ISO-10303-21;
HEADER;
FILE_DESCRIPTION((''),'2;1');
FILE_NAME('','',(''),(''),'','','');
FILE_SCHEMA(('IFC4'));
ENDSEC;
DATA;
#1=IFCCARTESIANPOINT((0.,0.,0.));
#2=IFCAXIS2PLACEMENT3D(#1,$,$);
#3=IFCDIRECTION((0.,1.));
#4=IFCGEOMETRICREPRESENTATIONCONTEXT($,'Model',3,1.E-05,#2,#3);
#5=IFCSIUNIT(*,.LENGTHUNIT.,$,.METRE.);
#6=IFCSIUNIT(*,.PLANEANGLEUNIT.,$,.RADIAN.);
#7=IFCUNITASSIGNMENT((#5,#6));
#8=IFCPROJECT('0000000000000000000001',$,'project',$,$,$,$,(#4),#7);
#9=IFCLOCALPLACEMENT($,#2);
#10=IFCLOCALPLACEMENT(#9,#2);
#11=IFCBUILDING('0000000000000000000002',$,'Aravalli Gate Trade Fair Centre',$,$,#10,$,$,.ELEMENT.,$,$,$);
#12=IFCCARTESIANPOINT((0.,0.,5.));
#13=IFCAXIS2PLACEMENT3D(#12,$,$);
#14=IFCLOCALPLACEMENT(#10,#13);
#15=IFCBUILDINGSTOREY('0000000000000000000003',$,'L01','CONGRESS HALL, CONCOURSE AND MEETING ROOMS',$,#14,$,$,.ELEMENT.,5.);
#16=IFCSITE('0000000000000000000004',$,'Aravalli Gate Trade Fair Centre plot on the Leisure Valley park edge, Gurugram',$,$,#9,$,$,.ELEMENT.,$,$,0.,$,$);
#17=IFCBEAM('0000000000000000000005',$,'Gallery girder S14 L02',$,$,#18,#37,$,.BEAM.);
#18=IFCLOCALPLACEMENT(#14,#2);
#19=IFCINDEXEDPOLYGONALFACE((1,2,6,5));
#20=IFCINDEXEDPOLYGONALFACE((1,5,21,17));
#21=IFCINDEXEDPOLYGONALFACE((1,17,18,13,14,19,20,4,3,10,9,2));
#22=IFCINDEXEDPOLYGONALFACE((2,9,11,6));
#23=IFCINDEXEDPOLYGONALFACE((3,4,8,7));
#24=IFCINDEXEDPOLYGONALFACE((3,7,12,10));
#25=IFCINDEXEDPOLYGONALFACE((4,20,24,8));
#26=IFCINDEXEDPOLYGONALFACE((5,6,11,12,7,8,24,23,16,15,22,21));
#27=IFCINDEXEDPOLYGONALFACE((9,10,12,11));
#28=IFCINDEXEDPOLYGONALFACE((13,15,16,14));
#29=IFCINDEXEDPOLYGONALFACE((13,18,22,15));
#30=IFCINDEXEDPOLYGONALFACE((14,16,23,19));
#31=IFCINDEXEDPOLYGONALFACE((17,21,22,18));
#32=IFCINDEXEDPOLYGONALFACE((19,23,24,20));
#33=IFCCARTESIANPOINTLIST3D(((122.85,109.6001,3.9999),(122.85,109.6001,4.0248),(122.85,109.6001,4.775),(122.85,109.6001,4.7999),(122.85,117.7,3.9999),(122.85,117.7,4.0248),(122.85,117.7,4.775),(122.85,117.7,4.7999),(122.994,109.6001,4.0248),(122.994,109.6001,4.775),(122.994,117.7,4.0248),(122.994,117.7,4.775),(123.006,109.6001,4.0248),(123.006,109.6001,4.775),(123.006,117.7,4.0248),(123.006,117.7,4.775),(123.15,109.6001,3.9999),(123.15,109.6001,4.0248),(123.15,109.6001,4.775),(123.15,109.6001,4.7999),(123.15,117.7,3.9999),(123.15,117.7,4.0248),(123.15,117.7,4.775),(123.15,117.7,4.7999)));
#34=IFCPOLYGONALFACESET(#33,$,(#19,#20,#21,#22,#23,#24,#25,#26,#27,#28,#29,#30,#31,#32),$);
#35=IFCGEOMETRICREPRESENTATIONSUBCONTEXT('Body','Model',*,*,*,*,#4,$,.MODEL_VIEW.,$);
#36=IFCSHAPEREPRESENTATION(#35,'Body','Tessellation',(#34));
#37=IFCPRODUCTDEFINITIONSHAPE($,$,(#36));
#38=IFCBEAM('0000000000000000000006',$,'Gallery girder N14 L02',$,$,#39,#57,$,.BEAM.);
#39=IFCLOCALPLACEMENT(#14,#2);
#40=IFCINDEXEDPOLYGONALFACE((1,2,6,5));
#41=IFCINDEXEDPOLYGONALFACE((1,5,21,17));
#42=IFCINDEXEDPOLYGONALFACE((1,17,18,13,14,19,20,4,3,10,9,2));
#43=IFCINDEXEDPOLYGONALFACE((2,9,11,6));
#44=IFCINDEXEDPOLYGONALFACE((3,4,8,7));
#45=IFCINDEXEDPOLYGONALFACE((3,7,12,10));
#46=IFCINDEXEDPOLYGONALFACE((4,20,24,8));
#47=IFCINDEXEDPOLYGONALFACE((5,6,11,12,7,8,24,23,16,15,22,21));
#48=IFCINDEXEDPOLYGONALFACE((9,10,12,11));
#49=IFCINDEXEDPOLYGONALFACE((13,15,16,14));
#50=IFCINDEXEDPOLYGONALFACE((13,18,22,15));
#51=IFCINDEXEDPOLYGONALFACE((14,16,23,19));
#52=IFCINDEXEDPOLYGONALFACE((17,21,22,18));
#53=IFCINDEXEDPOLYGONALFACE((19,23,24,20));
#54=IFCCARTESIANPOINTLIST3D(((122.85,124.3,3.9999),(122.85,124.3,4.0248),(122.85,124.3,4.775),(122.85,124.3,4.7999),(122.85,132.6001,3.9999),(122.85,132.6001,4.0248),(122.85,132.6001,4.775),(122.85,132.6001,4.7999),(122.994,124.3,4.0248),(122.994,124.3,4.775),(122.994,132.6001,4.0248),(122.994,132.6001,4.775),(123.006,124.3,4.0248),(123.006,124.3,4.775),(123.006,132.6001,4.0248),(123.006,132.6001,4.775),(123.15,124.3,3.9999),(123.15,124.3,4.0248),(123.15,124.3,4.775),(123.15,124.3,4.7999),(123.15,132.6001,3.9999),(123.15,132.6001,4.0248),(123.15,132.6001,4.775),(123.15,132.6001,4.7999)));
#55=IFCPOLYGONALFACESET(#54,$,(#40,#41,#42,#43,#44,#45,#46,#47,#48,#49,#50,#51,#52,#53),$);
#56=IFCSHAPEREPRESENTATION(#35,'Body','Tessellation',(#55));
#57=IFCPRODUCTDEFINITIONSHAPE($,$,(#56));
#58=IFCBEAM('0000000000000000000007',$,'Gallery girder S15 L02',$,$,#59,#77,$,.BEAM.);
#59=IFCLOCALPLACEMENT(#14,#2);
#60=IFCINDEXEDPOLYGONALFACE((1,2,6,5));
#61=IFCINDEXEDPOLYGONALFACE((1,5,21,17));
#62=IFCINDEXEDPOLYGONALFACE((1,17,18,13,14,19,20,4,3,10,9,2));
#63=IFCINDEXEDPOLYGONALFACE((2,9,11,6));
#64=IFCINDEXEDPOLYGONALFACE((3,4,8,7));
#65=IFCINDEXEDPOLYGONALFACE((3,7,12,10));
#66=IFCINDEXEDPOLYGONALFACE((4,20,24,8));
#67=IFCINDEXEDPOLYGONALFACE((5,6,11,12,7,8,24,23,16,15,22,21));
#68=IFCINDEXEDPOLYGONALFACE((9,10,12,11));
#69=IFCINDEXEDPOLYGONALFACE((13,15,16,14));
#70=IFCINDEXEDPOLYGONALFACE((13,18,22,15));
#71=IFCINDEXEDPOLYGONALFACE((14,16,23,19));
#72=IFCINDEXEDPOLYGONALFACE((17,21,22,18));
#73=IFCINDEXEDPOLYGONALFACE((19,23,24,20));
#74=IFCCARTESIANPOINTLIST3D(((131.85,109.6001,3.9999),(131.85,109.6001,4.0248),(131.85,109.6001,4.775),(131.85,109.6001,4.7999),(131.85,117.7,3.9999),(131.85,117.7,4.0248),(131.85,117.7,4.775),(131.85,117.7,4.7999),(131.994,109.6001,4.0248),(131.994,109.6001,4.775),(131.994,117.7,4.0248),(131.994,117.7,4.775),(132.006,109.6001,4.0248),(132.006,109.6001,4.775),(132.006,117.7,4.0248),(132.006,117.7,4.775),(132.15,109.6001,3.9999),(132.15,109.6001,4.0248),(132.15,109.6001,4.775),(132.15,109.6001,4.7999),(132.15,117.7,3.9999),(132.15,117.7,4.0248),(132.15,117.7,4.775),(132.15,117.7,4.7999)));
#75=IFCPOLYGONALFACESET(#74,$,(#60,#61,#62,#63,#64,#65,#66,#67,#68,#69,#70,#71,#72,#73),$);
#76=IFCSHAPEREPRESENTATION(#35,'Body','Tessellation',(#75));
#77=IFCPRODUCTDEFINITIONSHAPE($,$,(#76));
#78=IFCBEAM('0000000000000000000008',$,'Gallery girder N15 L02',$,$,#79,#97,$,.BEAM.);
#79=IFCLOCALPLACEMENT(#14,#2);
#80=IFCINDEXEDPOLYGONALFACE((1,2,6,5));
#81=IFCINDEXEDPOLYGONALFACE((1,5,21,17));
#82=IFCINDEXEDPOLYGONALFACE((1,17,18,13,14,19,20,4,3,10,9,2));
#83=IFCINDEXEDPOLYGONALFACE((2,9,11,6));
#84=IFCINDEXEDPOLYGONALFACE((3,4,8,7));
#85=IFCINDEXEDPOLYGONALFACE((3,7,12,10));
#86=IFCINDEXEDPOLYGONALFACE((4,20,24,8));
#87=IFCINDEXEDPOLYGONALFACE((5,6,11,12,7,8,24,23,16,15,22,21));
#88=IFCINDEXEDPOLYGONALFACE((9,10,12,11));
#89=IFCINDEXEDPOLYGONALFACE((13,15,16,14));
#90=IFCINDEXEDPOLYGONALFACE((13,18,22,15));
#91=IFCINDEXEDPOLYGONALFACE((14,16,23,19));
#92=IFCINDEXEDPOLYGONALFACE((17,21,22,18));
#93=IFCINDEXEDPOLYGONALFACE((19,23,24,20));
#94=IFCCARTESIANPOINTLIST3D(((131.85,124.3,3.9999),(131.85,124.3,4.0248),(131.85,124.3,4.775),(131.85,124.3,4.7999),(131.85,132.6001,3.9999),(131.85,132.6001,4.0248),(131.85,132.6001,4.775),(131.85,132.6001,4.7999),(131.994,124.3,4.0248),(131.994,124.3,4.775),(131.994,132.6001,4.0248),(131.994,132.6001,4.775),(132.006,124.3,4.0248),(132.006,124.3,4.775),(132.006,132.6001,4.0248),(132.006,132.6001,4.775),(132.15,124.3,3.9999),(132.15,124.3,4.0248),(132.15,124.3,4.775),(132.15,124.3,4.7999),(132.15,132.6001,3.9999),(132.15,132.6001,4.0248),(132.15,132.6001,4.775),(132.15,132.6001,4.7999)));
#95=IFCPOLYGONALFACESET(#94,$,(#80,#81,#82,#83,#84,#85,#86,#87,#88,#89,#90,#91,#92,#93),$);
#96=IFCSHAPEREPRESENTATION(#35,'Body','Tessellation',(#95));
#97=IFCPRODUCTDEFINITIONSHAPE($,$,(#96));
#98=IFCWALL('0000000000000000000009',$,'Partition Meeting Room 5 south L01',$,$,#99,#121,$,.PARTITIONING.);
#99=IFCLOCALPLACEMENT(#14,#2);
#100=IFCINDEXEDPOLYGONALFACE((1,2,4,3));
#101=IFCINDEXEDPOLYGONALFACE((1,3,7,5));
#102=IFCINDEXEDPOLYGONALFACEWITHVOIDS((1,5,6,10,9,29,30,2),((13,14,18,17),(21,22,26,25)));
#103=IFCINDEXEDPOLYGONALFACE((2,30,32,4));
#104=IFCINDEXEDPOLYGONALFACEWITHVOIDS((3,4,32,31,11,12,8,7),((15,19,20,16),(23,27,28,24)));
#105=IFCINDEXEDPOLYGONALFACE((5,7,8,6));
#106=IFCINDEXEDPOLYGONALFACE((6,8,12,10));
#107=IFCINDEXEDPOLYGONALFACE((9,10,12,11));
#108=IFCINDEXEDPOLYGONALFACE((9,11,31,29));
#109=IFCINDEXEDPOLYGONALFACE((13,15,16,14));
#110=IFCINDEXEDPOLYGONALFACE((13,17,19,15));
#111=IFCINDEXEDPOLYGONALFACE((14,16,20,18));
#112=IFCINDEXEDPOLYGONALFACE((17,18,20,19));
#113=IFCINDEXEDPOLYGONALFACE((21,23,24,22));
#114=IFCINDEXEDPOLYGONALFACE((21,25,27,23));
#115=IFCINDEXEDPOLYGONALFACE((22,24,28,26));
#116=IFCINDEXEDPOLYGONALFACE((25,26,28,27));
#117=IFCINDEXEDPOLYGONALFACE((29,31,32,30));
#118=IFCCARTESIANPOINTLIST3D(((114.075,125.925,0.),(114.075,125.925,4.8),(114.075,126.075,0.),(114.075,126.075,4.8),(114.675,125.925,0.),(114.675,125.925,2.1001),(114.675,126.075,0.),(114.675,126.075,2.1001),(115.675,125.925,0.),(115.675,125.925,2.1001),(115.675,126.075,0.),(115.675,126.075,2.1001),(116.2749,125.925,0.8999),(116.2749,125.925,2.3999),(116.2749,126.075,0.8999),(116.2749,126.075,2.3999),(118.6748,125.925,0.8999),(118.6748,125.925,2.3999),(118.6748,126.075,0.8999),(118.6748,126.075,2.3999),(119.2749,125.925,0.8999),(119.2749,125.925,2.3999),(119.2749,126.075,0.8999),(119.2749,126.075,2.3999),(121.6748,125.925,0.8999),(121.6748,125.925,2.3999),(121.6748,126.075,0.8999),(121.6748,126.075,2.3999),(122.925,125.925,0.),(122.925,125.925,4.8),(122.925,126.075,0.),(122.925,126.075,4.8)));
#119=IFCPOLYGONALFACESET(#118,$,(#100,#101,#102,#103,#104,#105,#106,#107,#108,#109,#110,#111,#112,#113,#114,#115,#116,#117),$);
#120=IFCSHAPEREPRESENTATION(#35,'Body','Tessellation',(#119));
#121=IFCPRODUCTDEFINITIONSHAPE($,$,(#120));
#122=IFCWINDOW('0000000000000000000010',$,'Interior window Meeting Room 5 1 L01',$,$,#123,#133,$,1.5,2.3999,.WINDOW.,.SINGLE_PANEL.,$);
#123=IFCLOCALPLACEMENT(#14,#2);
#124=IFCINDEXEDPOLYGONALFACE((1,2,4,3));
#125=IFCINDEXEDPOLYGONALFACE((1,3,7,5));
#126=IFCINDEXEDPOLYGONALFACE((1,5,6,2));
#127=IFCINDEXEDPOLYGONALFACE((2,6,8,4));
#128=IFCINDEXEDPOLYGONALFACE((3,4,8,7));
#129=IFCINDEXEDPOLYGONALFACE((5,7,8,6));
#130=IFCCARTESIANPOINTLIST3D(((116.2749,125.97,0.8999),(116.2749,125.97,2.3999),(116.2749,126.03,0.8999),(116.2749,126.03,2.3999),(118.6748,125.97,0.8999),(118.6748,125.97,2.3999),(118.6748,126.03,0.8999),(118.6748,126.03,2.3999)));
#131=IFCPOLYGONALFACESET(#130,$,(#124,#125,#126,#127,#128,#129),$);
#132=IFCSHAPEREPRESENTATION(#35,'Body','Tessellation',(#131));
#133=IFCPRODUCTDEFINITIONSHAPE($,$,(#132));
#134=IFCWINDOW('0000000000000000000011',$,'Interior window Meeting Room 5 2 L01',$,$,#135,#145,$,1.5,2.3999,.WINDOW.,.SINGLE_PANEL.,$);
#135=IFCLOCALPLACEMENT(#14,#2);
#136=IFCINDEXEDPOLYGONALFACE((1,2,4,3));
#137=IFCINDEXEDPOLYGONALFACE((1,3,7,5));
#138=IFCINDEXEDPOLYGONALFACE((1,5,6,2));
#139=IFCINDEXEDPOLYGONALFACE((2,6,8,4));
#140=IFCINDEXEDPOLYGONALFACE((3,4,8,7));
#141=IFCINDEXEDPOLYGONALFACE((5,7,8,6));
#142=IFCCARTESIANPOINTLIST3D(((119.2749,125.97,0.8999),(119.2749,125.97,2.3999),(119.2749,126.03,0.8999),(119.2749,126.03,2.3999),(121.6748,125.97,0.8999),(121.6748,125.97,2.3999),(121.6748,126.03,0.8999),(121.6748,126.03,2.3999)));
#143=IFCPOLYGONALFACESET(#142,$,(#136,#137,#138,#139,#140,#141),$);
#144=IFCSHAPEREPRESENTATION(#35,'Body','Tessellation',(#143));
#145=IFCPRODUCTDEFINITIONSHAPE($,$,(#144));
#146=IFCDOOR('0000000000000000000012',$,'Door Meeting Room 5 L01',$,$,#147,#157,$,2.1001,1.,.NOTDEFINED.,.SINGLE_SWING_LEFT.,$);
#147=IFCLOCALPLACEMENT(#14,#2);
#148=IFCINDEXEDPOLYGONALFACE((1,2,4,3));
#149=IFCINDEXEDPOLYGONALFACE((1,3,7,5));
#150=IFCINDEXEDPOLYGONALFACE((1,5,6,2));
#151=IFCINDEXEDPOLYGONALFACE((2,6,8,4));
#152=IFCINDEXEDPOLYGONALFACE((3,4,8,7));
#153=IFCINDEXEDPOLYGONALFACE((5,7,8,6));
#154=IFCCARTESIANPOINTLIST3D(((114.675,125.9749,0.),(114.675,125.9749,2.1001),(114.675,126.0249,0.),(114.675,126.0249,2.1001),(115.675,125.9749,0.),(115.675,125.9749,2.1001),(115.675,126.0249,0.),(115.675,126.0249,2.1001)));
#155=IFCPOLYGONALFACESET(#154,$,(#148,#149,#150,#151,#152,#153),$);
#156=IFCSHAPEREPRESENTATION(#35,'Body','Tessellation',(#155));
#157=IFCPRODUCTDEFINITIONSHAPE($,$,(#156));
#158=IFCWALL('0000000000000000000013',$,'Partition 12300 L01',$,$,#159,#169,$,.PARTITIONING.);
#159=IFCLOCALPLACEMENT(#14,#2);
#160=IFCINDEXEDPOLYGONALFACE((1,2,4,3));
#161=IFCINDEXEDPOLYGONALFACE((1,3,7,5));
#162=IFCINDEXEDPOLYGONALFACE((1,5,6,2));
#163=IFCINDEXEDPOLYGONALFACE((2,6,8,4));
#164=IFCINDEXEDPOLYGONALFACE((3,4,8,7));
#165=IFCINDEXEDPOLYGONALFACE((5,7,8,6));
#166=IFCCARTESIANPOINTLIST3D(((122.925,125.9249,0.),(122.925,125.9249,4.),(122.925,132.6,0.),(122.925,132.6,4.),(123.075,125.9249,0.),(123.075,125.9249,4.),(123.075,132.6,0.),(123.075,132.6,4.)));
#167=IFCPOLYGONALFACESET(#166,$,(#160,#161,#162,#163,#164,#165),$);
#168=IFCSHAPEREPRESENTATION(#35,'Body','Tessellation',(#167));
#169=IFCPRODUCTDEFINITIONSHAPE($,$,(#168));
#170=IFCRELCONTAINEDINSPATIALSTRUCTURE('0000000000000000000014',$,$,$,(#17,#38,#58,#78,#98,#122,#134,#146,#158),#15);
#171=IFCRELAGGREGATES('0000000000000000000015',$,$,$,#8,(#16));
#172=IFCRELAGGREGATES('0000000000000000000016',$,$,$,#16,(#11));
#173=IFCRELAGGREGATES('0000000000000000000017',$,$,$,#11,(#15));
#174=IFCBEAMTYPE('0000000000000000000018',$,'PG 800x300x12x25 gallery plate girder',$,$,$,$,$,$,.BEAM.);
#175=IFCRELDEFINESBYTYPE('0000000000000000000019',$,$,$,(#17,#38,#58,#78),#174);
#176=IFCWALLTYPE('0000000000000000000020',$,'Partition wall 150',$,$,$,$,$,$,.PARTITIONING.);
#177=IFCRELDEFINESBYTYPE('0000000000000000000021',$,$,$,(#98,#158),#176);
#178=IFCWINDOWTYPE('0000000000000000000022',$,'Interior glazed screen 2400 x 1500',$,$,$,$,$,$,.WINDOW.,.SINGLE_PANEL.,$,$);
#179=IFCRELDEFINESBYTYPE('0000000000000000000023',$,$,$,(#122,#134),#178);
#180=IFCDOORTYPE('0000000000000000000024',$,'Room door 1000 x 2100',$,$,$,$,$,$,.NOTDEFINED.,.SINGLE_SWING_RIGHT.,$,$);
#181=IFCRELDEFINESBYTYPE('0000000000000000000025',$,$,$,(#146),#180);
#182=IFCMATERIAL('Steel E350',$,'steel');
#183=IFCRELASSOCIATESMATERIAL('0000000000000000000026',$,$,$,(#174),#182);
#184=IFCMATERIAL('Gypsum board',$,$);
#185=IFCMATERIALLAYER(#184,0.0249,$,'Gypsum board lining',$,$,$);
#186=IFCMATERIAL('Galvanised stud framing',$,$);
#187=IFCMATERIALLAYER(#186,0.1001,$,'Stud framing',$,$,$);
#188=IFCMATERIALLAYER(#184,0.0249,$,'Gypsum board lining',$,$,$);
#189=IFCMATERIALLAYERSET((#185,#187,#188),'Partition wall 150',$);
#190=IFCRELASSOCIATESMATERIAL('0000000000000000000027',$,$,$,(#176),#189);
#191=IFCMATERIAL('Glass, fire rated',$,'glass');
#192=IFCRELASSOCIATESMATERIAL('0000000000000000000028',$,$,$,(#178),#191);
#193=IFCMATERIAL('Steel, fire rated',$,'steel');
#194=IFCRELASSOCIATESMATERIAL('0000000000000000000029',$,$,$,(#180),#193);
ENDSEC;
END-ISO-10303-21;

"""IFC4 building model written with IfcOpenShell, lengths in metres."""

from ifc_helpers import new_model, si_unit, direction, frame, frame_2d, origin, origin_2d, place, context, subcontext, project, spatial, rectangle, i_section, extrude, material, layer, layer_set, material_profile, profile_set, type_object, element, fill, save


model = new_model("IFC4")

# Units and contexts
model_context = context("Model", 3, precision=1e-05, world=origin(), true_north=direction((0.0, 1.0)))
body_context = subcontext(model_context, "Body", "Model", "MODEL_VIEW")
ifc_project = project(units=[si_unit("LENGTHUNIT", "METRE"), si_unit("PLANEANGLEUNIT", "RADIAN")], contexts=[model_context])

# Site, building, storey
site_placement = place(None, origin())
site = spatial("IfcSite", under=ifc_project, at=site_placement, Name="Aravalli Gate Trade Fair Centre plot on the Leisure Valley park edge, Gurugram", CompositionType="ELEMENT", RefElevation=0.0)
building_placement = place(site_placement, origin())
building = spatial("IfcBuilding", under=site, at=building_placement, Name="Aravalli Gate Trade Fair Centre", CompositionType="ELEMENT")
storey_placement = place(building_placement, frame((0.0, 0.0, 5.0)))
storey = spatial("IfcBuildingStorey", under=building, at=storey_placement, Name="L01", Description="CONGRESS HALL, CONCOURSE AND MEETING ROOMS", CompositionType="ELEMENT", Elevation=5.0)

# Beams
ifc_material_1 = material(Name="Steel E350", Category="steel")
ifc_material_profile_1 = material_profile(ifc_material_1, i_section(OverallWidth=0.3, OverallDepth=0.8, WebThickness=0.012, FlangeThickness=0.0249, at=origin_2d()), Name="PG 800x300x12x25")
ifc_profile_set_1 = profile_set([ifc_material_profile_1], Name="Steel E350")
beam_type_1 = type_object("IfcBeamType", Name="PG 800x300x12x25 gallery plate girder", PredefinedType="BEAM", material=ifc_profile_set_1)
beam_1_placement = place(storey_placement, frame((123.0, 109.6001, 4.3999), z_axis=(0.0, 1.0, 0.0), x_axis=(-1.0, 0.0, 0.0)))
element("IfcBeam", 1, at=beam_1_placement, inside=storey, type_object=beam_type_1, Name="Gallery girder S14 L02", PredefinedType="BEAM", context=body_context, shape_type="SweptSolid", body=[
    extrude(i_section(OverallWidth=0.3, OverallDepth=0.8, WebThickness=0.012, FlangeThickness=0.0249, at=origin_2d()), origin(), (0.0, 0.0, 1.0), 8.0999),
])
beam_2_placement = place(storey_placement, frame((123.0, 124.3, 4.3999), z_axis=(0.0, 1.0, 0.0), x_axis=(-1.0, 0.0, 0.0)))
element("IfcBeam", 2, at=beam_2_placement, inside=storey, type_object=beam_type_1, Name="Gallery girder N14 L02", PredefinedType="BEAM", context=body_context, shape_type="SweptSolid", body=[
    extrude(i_section(OverallWidth=0.3, OverallDepth=0.8, WebThickness=0.012, FlangeThickness=0.0249, at=origin_2d()), origin(), (0.0, 0.0, 1.0), 8.3),
])
beam_3_placement = place(storey_placement, frame((132.0, 109.6001, 4.3999), z_axis=(0.0, 1.0, 0.0), x_axis=(-1.0, 0.0, 0.0)))
element("IfcBeam", 3, at=beam_3_placement, inside=storey, type_object=beam_type_1, Name="Gallery girder S15 L02", PredefinedType="BEAM", context=body_context, shape_type="SweptSolid", body=[
    extrude(i_section(OverallWidth=0.3, OverallDepth=0.8, WebThickness=0.012, FlangeThickness=0.0249, at=origin_2d()), origin(), (0.0, 0.0, 1.0), 8.0999),
])
beam_4_placement = place(storey_placement, frame((132.0, 124.3, 4.3999), z_axis=(0.0, 1.0, 0.0), x_axis=(-1.0, 0.0, 0.0)))
element("IfcBeam", 4, at=beam_4_placement, inside=storey, type_object=beam_type_1, Name="Gallery girder N15 L02", PredefinedType="BEAM", context=body_context, shape_type="SweptSolid", body=[
    extrude(i_section(OverallWidth=0.3, OverallDepth=0.8, WebThickness=0.012, FlangeThickness=0.0249, at=origin_2d()), origin(), (0.0, 0.0, 1.0), 8.3),
])

# Wall, openings, windows, door
ifc_material_2 = material(Name="Gypsum board")
ifc_layer_1 = layer(ifc_material_2, 0.0249, Name="Gypsum board lining")
ifc_material_3 = material(Name="Galvanised stud framing")
ifc_layer_2 = layer(ifc_material_3, 0.1001, Name="Stud framing")
ifc_layer_3 = layer(ifc_material_2, 0.0249, Name="Gypsum board lining")
ifc_layer_set = layer_set([ifc_layer_1, ifc_layer_2, ifc_layer_3], Name="Partition wall 150")
wall_type = type_object("IfcWallType", Name="Partition wall 150", PredefinedType="PARTITIONING", material=ifc_layer_set)
wall_1_placement = place(storey_placement, frame((114.075, 126.0, 0.0), z_axis=(0.0, 0.0, 1.0), x_axis=(1.0, 0.0, 0.0)))
wall_1 = element("IfcWall", 5, at=wall_1_placement, inside=storey, type_object=wall_type, Name="Partition Meeting Room 5 south L01", PredefinedType="PARTITIONING", context=body_context, shape_type="SweptSolid", body=[
    extrude(rectangle(XDim=8.8501, YDim=0.1499, at=frame_2d((4.425, 0.0))), origin(), (0.0, 0.0, 1.0), 4.8),
])
opening_1_placement = place(wall_1_placement, frame((0.6001, 0.0, 0.0)))
opening_1 = element("IfcOpeningElement", 6, at=opening_1_placement, cuts=wall_1, PredefinedType="OPENING", context=body_context, shape_type="SweptSolid", body=[
    extrude(rectangle(XDim=1.0, YDim=2.1001, at=frame_2d((0.5, 1.05))), frame((0.0, 0.085, 0.0), z_axis=(0.0, -1.0, 0.0), x_axis=(1.0, 0.0, 0.0)), (0.0, 0.0, 1.0), 0.1699),
])
opening_2_placement = place(wall_1_placement, frame((2.2, 0.0, 0.8999)))
opening_2 = element("IfcOpeningElement", 7, at=opening_2_placement, cuts=wall_1, PredefinedType="OPENING", context=body_context, shape_type="SweptSolid", body=[
    extrude(rectangle(XDim=2.3999, YDim=1.5, at=frame_2d((1.2, 0.75))), frame((0.0, 0.085, 0.0), z_axis=(0.0, -1.0, 0.0), x_axis=(1.0, 0.0, 0.0)), (0.0, 0.0, 1.0), 0.1699),
])
opening_3_placement = place(wall_1_placement, frame((5.2, 0.0, 0.8999)))
opening_3 = element("IfcOpeningElement", 8, at=opening_3_placement, cuts=wall_1, PredefinedType="OPENING", context=body_context, shape_type="SweptSolid", body=[
    extrude(rectangle(XDim=2.3999, YDim=1.5, at=frame_2d((1.2, 0.75))), frame((0.0, 0.085, 0.0), z_axis=(0.0, -1.0, 0.0), x_axis=(1.0, 0.0, 0.0)), (0.0, 0.0, 1.0), 0.1699),
])
ifc_material_4 = material(Name="Glass, fire rated", Category="glass")
window_type = type_object("IfcWindowType", Name="Interior glazed screen 2400 x 1500", PartitioningType="SINGLE_PANEL", PredefinedType="WINDOW", material=ifc_material_4)
window_1_placement = place(opening_2_placement, origin())
window_1 = element("IfcWindow", 9, at=window_1_placement, inside=storey, type_object=window_type, Name="Interior window Meeting Room 5 1 L01", OverallHeight=1.5, OverallWidth=2.3999, PartitioningType="SINGLE_PANEL", PredefinedType="WINDOW", context=body_context, shape_type="SweptSolid", body=[
    extrude(rectangle(XDim=2.3999, YDim=1.5, at=frame_2d((1.2, 0.75))), frame((0.0, 0.03, 0.0), z_axis=(0.0, -1.0, 0.0), x_axis=(1.0, 0.0, 0.0)), (0.0, 0.0, 1.0), 0.0601),
])
fill(opening_2, window_1)
window_2_placement = place(opening_3_placement, origin())
window_2 = element("IfcWindow", 10, at=window_2_placement, inside=storey, type_object=window_type, Name="Interior window Meeting Room 5 2 L01", OverallHeight=1.5, OverallWidth=2.3999, PartitioningType="SINGLE_PANEL", PredefinedType="WINDOW", context=body_context, shape_type="SweptSolid", body=[
    extrude(rectangle(XDim=2.3999, YDim=1.5, at=frame_2d((1.2, 0.75))), frame((0.0, 0.03, 0.0), z_axis=(0.0, -1.0, 0.0), x_axis=(1.0, 0.0, 0.0)), (0.0, 0.0, 1.0), 0.0601),
])
fill(opening_3, window_2)
ifc_material_5 = material(Name="Steel, fire rated", Category="steel")
door_type = type_object("IfcDoorType", Name="Room door 1000 x 2100", OperationType="SINGLE_SWING_RIGHT", PredefinedType="NOTDEFINED", material=ifc_material_5)
door_placement = place(opening_1_placement, origin())
door = element("IfcDoor", 11, at=door_placement, inside=storey, type_object=door_type, Name="Door Meeting Room 5 L01", OperationType="SINGLE_SWING_LEFT", OverallHeight=2.1001, OverallWidth=1.0, PredefinedType="NOTDEFINED", context=body_context, shape_type="SweptSolid", body=[
    extrude(rectangle(XDim=1.0, YDim=2.1001, at=frame_2d((0.5, 1.05))), frame((0.0, 0.0249, 0.0), z_axis=(0.0, -1.0, 0.0), x_axis=(1.0, 0.0, 0.0)), (0.0, 0.0, 1.0), 0.05),
])
fill(opening_1, door)

# Wall
wall_2_placement = place(storey_placement, frame((123.0, 125.925, 0.0), z_axis=(0.0, 0.0, 1.0), x_axis=(0.0, 1.0, 0.0)))
element("IfcWall", 12, at=wall_2_placement, inside=storey, type_object=wall_type, Name="Partition 12300 L01", PredefinedType="PARTITIONING", context=body_context, shape_type="SweptSolid", body=[
    extrude(rectangle(XDim=6.675, YDim=0.1499, at=frame_2d((3.3374, 0.0))), origin(), (0.0, 0.0, 1.0), 4.0),
])

save(model, "model.ifc")
